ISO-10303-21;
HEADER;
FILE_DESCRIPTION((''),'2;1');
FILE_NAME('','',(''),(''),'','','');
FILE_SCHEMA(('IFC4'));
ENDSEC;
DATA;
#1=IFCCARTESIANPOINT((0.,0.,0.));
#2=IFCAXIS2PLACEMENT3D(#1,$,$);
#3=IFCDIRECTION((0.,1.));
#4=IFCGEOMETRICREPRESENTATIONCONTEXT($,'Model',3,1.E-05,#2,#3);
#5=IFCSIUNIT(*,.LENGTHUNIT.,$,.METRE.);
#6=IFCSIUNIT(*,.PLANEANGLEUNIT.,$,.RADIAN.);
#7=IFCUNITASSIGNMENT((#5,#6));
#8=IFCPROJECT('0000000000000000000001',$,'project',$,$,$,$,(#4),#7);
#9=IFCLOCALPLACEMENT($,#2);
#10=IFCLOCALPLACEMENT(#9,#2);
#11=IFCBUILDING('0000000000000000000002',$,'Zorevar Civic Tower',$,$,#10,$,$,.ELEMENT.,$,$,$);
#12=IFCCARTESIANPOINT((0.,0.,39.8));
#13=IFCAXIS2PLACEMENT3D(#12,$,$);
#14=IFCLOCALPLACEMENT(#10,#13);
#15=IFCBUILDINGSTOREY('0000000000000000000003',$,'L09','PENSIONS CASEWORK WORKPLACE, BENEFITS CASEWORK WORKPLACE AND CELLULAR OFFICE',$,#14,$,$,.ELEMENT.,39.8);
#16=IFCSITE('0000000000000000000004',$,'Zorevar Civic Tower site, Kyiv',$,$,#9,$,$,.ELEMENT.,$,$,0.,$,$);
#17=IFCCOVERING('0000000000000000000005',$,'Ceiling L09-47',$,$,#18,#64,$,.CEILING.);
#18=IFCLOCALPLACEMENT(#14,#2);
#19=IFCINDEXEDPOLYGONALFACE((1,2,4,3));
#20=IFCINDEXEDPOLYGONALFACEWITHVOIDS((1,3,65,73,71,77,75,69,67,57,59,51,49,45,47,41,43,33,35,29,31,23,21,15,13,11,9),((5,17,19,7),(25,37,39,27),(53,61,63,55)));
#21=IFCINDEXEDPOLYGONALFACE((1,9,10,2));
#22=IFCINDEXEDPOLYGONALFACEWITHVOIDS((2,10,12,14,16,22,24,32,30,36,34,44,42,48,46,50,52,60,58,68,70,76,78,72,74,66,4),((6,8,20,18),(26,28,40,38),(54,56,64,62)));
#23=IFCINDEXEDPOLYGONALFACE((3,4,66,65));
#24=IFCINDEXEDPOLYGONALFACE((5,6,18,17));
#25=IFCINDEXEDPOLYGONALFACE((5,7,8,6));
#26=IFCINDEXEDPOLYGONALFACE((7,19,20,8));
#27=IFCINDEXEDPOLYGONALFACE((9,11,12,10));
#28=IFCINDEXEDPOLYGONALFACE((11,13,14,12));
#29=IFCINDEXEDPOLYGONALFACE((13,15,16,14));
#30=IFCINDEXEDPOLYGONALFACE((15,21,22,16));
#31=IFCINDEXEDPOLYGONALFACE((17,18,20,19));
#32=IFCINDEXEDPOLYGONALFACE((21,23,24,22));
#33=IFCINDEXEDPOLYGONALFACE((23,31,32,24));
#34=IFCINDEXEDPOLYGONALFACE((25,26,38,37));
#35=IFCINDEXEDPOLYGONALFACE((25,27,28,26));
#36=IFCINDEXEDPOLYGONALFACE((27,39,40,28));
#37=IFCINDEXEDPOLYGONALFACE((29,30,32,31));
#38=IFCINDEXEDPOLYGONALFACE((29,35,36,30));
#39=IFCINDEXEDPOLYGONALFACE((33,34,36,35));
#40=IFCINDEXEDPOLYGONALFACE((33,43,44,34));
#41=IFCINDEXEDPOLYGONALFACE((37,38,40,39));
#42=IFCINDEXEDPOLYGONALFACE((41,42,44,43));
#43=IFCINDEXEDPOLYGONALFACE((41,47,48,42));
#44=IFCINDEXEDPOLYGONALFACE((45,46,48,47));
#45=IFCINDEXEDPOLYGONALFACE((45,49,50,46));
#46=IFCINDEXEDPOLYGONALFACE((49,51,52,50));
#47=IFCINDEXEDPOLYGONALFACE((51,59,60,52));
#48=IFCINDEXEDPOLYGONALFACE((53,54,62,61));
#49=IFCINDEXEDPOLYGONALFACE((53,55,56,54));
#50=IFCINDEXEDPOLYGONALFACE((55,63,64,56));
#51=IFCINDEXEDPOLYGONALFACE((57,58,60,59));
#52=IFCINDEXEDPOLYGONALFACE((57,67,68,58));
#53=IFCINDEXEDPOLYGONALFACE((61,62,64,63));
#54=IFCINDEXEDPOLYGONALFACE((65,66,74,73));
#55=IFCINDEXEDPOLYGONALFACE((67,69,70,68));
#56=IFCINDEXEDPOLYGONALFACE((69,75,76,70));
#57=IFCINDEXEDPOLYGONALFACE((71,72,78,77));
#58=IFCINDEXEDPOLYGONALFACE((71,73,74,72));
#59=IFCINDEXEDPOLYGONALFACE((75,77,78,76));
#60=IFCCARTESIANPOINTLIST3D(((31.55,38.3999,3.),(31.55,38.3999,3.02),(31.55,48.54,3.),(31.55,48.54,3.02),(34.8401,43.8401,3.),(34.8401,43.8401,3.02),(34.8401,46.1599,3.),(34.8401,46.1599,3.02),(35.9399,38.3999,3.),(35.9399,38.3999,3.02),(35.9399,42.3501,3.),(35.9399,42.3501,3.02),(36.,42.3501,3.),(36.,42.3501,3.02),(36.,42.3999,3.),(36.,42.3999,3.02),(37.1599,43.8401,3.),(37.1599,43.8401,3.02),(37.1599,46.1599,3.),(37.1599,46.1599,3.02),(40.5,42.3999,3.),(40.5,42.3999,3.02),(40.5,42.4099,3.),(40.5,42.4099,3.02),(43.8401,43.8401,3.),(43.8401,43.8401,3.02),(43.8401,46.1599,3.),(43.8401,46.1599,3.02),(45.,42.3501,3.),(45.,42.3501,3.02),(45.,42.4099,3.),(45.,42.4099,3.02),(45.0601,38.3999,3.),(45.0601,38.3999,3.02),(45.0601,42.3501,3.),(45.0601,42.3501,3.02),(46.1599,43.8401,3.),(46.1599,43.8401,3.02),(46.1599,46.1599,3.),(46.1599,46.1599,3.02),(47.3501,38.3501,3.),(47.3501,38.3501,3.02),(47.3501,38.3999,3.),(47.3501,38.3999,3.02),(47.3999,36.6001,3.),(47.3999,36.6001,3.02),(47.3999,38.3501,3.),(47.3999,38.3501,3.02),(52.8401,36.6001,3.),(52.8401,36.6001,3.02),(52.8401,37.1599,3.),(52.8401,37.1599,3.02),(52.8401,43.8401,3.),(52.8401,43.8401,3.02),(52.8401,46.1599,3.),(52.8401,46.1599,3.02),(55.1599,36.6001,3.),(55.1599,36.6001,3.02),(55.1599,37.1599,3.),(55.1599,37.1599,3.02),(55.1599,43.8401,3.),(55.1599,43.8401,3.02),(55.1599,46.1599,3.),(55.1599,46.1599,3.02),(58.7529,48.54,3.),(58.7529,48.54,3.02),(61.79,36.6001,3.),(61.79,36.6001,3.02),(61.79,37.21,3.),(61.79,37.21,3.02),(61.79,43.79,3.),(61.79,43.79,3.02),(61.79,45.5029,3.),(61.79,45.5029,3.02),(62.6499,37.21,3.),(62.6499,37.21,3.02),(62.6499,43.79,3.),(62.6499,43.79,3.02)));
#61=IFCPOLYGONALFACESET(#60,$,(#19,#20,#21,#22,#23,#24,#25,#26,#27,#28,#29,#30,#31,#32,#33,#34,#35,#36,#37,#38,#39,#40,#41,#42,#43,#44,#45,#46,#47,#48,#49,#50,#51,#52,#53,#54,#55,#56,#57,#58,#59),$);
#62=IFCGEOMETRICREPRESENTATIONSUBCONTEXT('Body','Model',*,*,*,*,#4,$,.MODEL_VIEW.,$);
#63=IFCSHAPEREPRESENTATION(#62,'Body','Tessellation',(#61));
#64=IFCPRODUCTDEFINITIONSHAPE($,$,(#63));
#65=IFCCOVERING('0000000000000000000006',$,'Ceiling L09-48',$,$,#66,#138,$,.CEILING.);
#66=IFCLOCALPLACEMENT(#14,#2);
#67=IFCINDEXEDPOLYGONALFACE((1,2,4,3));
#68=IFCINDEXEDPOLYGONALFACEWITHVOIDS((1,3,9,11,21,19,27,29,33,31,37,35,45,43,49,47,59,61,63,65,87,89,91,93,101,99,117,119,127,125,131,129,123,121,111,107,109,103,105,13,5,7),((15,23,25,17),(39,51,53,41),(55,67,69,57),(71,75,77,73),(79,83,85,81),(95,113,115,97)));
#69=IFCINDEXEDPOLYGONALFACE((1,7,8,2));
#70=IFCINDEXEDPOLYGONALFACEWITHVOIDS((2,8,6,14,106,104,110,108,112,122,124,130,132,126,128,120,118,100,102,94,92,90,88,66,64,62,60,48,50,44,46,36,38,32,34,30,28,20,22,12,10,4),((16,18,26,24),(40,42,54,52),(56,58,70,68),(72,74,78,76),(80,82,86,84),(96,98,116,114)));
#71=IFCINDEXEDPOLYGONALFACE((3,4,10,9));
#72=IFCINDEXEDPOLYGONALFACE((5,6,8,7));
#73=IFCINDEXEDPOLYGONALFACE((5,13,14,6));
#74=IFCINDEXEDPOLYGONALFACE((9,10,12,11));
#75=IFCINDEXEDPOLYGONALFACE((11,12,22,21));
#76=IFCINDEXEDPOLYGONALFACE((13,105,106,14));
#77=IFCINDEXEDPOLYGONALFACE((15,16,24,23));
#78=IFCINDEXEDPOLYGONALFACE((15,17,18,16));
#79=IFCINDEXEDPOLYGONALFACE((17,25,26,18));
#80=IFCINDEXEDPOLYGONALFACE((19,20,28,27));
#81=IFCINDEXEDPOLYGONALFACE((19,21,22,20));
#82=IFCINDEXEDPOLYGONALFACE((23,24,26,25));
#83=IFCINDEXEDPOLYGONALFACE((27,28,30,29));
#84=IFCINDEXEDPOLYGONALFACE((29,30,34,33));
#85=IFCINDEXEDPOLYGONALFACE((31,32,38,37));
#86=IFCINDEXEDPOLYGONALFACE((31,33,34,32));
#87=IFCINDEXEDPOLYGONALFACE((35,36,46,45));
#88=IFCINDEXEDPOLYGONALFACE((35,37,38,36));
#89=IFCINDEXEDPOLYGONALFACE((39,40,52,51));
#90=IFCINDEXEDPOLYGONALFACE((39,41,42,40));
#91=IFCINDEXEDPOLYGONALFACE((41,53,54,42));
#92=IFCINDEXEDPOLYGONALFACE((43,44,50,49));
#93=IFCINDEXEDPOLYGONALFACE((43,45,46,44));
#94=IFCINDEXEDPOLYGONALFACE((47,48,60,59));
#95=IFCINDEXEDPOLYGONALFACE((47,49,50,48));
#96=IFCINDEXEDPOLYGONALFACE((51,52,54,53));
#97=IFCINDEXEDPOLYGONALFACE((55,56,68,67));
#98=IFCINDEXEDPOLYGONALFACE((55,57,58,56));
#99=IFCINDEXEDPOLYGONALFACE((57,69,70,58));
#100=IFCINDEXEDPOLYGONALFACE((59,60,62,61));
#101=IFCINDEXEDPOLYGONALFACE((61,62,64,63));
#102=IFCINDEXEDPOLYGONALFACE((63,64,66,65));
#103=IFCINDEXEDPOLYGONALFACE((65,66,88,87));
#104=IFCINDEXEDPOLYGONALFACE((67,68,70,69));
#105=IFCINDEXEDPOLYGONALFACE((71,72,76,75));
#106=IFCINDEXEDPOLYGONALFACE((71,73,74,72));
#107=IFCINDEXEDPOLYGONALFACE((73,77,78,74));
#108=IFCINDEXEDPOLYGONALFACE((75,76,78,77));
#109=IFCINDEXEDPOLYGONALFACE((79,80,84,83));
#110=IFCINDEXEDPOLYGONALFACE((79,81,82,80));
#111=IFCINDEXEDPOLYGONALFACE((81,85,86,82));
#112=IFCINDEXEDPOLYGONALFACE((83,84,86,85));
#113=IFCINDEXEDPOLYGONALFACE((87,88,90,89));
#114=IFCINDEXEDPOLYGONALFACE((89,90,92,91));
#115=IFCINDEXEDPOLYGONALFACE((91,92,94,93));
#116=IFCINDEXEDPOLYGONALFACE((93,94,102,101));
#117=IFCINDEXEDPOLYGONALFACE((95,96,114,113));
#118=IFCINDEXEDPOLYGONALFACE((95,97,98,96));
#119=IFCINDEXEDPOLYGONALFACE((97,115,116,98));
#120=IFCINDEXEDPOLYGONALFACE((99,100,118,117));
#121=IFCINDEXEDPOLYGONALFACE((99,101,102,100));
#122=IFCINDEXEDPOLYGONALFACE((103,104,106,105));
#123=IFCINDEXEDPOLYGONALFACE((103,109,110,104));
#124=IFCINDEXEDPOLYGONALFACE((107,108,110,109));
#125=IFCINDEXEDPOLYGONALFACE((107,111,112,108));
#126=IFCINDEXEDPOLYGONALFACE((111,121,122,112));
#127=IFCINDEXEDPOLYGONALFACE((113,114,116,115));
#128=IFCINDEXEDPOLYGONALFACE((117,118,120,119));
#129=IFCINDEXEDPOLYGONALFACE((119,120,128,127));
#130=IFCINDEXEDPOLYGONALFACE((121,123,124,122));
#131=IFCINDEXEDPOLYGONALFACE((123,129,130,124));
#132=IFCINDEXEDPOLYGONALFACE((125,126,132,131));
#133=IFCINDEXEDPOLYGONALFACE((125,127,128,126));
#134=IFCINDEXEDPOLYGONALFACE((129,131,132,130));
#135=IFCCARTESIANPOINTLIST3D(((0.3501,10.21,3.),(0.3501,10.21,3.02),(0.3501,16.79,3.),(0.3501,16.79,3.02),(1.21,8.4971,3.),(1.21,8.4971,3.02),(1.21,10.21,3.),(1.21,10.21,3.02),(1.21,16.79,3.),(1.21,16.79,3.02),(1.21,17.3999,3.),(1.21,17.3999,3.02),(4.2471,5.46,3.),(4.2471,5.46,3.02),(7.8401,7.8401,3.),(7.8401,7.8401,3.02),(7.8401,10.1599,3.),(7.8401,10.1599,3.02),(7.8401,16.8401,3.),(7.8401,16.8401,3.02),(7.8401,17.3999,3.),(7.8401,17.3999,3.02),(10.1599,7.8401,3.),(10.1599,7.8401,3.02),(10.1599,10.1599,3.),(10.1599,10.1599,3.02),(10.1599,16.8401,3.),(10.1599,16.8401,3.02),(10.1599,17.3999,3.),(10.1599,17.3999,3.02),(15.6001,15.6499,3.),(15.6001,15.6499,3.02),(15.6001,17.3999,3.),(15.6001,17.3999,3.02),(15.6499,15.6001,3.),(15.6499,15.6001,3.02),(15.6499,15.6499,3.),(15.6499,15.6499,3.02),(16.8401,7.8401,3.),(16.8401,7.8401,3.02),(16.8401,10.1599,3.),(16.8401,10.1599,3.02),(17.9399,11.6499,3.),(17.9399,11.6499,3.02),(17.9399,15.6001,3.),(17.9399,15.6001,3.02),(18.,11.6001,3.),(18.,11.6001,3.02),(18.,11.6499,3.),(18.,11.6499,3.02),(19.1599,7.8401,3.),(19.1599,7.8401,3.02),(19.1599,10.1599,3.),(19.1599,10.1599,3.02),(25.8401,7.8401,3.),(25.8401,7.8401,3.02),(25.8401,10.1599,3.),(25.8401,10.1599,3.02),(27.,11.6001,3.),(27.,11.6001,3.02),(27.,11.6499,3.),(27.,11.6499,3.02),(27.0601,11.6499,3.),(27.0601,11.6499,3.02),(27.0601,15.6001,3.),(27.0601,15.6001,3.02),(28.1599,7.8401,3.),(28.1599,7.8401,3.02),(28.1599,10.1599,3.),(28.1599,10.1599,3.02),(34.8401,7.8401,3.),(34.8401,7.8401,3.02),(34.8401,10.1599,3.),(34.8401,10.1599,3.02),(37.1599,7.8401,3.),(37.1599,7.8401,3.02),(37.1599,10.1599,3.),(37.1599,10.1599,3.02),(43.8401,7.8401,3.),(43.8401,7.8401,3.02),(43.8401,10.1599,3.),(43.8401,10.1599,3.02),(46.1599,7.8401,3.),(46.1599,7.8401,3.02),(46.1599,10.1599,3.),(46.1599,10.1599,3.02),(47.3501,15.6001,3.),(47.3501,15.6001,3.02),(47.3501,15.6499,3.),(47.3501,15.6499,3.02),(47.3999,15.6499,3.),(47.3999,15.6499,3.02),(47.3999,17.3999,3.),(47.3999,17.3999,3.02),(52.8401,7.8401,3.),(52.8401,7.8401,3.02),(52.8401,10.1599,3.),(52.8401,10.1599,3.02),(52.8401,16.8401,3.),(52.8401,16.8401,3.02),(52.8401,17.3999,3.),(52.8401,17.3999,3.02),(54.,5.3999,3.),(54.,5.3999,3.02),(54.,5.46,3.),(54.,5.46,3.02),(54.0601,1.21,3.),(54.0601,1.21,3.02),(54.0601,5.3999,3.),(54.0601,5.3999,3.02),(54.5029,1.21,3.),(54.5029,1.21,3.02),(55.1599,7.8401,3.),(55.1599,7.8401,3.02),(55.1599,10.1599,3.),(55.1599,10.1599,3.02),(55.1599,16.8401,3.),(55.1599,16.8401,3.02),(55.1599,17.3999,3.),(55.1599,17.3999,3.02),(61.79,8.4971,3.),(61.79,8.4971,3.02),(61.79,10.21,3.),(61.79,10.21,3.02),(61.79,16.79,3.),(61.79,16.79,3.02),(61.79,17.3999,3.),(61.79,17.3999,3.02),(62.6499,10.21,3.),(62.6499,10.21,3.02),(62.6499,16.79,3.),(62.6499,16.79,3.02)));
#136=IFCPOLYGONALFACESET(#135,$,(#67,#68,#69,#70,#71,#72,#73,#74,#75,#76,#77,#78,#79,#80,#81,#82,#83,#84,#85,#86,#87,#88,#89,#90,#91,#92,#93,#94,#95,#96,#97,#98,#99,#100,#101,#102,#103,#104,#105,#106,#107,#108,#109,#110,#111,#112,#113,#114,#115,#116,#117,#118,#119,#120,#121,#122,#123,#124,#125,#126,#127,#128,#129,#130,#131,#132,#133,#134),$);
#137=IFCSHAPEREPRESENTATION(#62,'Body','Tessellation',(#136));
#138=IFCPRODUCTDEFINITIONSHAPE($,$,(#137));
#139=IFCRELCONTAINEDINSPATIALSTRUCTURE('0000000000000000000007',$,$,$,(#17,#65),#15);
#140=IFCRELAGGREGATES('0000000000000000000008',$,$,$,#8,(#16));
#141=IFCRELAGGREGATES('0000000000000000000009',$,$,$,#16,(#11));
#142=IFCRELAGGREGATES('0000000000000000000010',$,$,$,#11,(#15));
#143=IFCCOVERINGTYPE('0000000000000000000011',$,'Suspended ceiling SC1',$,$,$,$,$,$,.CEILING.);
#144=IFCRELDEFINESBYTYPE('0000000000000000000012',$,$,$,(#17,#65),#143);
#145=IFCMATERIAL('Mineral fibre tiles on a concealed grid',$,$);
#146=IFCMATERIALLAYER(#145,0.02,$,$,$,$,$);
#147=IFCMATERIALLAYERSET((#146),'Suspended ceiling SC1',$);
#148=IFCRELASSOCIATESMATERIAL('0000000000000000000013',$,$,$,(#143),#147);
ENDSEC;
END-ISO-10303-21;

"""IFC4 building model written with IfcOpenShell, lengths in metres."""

from ifc_helpers import new_model, si_unit, direction, frame, origin, place, context, subcontext, project, spatial, polyline, outline, extrude, material, layer, layer_set, type_object, element, save


model = new_model("IFC4")

# Units and contexts
model_context = context("Model", 3, precision=1e-05, world=origin(), true_north=direction((0.0, 1.0)))
body_context = subcontext(model_context, "Body", "Model", "MODEL_VIEW")
ifc_project = project(units=[si_unit("LENGTHUNIT", "METRE"), si_unit("PLANEANGLEUNIT", "RADIAN")], contexts=[model_context])

# Site, building, storey
site_placement = place(None, origin())
site = spatial("IfcSite", under=ifc_project, at=site_placement, Name="Zorevar Civic Tower site, Kyiv", CompositionType="ELEMENT", RefElevation=0.0)
building_placement = place(site_placement, origin())
building = spatial("IfcBuilding", under=site, at=building_placement, Name="Zorevar Civic Tower", CompositionType="ELEMENT")
storey_placement = place(building_placement, frame((0.0, 0.0, 39.8)))
storey = spatial("IfcBuildingStorey", under=building, at=storey_placement, Name="L09", Description="PENSIONS CASEWORK WORKPLACE, BENEFITS CASEWORK WORKPLACE AND CELLULAR OFFICE", CompositionType="ELEMENT", Elevation=39.8)

# Coverings
ifc_material_1 = material(Name="Mineral fibre tiles on a concealed grid")
ifc_layer_1 = layer(ifc_material_1, 0.02)
ifc_layer_set_1 = layer_set([ifc_layer_1], Name="Suspended ceiling SC1")
covering_type_1 = type_object("IfcCoveringType", Name="Suspended ceiling SC1", PredefinedType="CEILING", material=ifc_layer_set_1)
covering_1_placement = place(storey_placement, frame((0.0, 0.0, 3.0)))
element("IfcCovering", 1, at=covering_1_placement, inside=storey, type_object=covering_type_1, Name="Ceiling L09-47", PredefinedType="CEILING", context=body_context, shape_type="SweptSolid", body=[
    extrude(outline(polyline([(45.0601, 42.3501), (45.0, 42.3501), (45.0, 42.4099), (40.5, 42.4099), (40.5, 42.3999), (36.0, 42.3999), (36.0, 42.3501), (35.9399, 42.3501), (35.9399, 38.3999), (31.55, 38.3999), (31.55, 48.54), (58.7529, 48.54), (61.79, 45.5029), (61.79, 43.79), (62.6499, 43.79), (62.6499, 37.21), (61.79, 37.21), (61.79, 36.6001), (55.1599, 36.6001), (55.1599, 37.1599), (52.8401, 37.1599), (52.8401, 36.6001), (47.3999, 36.6001), (47.3999, 38.3501), (47.3501, 38.3501), (47.3501, 38.3999), (45.0601, 38.3999), (45.0601, 42.3501)]), holes=[polyline([(34.8401, 43.8401), (37.1599, 43.8401), (37.1599, 46.1599), (34.8401, 46.1599), (34.8401, 43.8401)]), polyline([(43.8401, 46.1599), (43.8401, 43.8401), (46.1599, 43.8401), (46.1599, 46.1599), (43.8401, 46.1599)]), polyline([(55.1599, 43.8401), (55.1599, 46.1599), (52.8401, 46.1599), (52.8401, 43.8401), (55.1599, 43.8401)])]), origin(), (0.0, 0.0, 1.0), 0.02),
])
covering_2_placement = place(storey_placement, frame((0.0, 0.0, 3.0)))
element("IfcCovering", 2, at=covering_2_placement, inside=storey, type_object=covering_type_1, Name="Ceiling L09-48", PredefinedType="CEILING", context=body_context, shape_type="SweptSolid", body=[
    extrude(outline(polyline([(52.8401, 17.3999), (52.8401, 16.8401), (55.1599, 16.8401), (55.1599, 17.3999), (61.79, 17.3999), (61.79, 16.79), (62.6499, 16.79), (62.6499, 10.21), (61.79, 10.21), (61.79, 8.4971), (54.5029, 1.21), (54.0601, 1.21), (54.0601, 5.3999), (54.0, 5.3999), (54.0, 5.46), (4.2471, 5.46), (1.21, 8.4971), (1.21, 10.21), (0.3501, 10.21), (0.3501, 16.79), (1.21, 16.79), (1.21, 17.3999), (7.8401, 17.3999), (7.8401, 16.8401), (10.1599, 16.8401), (10.1599, 17.3999), (15.6001, 17.3999), (15.6001, 15.6499), (15.6499, 15.6499), (15.6499, 15.6001), (17.9399, 15.6001), (17.9399, 11.6499), (18.0, 11.6499), (18.0, 11.6001), (27.0, 11.6001), (27.0, 11.6499), (27.0601, 11.6499), (27.0601, 15.6001), (47.3501, 15.6001), (47.3501, 15.6499), (47.3999, 15.6499), (47.3999, 17.3999), (52.8401, 17.3999)]), holes=[polyline([(10.1599, 10.1599), (7.8401, 10.1599), (7.8401, 7.8401), (10.1599, 7.8401), (10.1599, 10.1599)]), polyline([(16.8401, 7.8401), (19.1599, 7.8401), (19.1599, 10.1599), (16.8401, 10.1599), (16.8401, 7.8401)]), polyline([(25.8401, 10.1599), (25.8401, 7.8401), (28.1599, 7.8401), (28.1599, 10.1599), (25.8401, 10.1599)]), polyline([(37.1599, 10.1599), (34.8401, 10.1599), (34.8401, 7.8401), (37.1599, 7.8401), (37.1599, 10.1599)]), polyline([(46.1599, 7.8401), (46.1599, 10.1599), (43.8401, 10.1599), (43.8401, 7.8401), (46.1599, 7.8401)]), polyline([(52.8401, 10.1599), (52.8401, 7.8401), (55.1599, 7.8401), (55.1599, 10.1599), (52.8401, 10.1599)])]), origin(), (0.0, 0.0, 1.0), 0.02),
])

save(model, "model.ifc")
